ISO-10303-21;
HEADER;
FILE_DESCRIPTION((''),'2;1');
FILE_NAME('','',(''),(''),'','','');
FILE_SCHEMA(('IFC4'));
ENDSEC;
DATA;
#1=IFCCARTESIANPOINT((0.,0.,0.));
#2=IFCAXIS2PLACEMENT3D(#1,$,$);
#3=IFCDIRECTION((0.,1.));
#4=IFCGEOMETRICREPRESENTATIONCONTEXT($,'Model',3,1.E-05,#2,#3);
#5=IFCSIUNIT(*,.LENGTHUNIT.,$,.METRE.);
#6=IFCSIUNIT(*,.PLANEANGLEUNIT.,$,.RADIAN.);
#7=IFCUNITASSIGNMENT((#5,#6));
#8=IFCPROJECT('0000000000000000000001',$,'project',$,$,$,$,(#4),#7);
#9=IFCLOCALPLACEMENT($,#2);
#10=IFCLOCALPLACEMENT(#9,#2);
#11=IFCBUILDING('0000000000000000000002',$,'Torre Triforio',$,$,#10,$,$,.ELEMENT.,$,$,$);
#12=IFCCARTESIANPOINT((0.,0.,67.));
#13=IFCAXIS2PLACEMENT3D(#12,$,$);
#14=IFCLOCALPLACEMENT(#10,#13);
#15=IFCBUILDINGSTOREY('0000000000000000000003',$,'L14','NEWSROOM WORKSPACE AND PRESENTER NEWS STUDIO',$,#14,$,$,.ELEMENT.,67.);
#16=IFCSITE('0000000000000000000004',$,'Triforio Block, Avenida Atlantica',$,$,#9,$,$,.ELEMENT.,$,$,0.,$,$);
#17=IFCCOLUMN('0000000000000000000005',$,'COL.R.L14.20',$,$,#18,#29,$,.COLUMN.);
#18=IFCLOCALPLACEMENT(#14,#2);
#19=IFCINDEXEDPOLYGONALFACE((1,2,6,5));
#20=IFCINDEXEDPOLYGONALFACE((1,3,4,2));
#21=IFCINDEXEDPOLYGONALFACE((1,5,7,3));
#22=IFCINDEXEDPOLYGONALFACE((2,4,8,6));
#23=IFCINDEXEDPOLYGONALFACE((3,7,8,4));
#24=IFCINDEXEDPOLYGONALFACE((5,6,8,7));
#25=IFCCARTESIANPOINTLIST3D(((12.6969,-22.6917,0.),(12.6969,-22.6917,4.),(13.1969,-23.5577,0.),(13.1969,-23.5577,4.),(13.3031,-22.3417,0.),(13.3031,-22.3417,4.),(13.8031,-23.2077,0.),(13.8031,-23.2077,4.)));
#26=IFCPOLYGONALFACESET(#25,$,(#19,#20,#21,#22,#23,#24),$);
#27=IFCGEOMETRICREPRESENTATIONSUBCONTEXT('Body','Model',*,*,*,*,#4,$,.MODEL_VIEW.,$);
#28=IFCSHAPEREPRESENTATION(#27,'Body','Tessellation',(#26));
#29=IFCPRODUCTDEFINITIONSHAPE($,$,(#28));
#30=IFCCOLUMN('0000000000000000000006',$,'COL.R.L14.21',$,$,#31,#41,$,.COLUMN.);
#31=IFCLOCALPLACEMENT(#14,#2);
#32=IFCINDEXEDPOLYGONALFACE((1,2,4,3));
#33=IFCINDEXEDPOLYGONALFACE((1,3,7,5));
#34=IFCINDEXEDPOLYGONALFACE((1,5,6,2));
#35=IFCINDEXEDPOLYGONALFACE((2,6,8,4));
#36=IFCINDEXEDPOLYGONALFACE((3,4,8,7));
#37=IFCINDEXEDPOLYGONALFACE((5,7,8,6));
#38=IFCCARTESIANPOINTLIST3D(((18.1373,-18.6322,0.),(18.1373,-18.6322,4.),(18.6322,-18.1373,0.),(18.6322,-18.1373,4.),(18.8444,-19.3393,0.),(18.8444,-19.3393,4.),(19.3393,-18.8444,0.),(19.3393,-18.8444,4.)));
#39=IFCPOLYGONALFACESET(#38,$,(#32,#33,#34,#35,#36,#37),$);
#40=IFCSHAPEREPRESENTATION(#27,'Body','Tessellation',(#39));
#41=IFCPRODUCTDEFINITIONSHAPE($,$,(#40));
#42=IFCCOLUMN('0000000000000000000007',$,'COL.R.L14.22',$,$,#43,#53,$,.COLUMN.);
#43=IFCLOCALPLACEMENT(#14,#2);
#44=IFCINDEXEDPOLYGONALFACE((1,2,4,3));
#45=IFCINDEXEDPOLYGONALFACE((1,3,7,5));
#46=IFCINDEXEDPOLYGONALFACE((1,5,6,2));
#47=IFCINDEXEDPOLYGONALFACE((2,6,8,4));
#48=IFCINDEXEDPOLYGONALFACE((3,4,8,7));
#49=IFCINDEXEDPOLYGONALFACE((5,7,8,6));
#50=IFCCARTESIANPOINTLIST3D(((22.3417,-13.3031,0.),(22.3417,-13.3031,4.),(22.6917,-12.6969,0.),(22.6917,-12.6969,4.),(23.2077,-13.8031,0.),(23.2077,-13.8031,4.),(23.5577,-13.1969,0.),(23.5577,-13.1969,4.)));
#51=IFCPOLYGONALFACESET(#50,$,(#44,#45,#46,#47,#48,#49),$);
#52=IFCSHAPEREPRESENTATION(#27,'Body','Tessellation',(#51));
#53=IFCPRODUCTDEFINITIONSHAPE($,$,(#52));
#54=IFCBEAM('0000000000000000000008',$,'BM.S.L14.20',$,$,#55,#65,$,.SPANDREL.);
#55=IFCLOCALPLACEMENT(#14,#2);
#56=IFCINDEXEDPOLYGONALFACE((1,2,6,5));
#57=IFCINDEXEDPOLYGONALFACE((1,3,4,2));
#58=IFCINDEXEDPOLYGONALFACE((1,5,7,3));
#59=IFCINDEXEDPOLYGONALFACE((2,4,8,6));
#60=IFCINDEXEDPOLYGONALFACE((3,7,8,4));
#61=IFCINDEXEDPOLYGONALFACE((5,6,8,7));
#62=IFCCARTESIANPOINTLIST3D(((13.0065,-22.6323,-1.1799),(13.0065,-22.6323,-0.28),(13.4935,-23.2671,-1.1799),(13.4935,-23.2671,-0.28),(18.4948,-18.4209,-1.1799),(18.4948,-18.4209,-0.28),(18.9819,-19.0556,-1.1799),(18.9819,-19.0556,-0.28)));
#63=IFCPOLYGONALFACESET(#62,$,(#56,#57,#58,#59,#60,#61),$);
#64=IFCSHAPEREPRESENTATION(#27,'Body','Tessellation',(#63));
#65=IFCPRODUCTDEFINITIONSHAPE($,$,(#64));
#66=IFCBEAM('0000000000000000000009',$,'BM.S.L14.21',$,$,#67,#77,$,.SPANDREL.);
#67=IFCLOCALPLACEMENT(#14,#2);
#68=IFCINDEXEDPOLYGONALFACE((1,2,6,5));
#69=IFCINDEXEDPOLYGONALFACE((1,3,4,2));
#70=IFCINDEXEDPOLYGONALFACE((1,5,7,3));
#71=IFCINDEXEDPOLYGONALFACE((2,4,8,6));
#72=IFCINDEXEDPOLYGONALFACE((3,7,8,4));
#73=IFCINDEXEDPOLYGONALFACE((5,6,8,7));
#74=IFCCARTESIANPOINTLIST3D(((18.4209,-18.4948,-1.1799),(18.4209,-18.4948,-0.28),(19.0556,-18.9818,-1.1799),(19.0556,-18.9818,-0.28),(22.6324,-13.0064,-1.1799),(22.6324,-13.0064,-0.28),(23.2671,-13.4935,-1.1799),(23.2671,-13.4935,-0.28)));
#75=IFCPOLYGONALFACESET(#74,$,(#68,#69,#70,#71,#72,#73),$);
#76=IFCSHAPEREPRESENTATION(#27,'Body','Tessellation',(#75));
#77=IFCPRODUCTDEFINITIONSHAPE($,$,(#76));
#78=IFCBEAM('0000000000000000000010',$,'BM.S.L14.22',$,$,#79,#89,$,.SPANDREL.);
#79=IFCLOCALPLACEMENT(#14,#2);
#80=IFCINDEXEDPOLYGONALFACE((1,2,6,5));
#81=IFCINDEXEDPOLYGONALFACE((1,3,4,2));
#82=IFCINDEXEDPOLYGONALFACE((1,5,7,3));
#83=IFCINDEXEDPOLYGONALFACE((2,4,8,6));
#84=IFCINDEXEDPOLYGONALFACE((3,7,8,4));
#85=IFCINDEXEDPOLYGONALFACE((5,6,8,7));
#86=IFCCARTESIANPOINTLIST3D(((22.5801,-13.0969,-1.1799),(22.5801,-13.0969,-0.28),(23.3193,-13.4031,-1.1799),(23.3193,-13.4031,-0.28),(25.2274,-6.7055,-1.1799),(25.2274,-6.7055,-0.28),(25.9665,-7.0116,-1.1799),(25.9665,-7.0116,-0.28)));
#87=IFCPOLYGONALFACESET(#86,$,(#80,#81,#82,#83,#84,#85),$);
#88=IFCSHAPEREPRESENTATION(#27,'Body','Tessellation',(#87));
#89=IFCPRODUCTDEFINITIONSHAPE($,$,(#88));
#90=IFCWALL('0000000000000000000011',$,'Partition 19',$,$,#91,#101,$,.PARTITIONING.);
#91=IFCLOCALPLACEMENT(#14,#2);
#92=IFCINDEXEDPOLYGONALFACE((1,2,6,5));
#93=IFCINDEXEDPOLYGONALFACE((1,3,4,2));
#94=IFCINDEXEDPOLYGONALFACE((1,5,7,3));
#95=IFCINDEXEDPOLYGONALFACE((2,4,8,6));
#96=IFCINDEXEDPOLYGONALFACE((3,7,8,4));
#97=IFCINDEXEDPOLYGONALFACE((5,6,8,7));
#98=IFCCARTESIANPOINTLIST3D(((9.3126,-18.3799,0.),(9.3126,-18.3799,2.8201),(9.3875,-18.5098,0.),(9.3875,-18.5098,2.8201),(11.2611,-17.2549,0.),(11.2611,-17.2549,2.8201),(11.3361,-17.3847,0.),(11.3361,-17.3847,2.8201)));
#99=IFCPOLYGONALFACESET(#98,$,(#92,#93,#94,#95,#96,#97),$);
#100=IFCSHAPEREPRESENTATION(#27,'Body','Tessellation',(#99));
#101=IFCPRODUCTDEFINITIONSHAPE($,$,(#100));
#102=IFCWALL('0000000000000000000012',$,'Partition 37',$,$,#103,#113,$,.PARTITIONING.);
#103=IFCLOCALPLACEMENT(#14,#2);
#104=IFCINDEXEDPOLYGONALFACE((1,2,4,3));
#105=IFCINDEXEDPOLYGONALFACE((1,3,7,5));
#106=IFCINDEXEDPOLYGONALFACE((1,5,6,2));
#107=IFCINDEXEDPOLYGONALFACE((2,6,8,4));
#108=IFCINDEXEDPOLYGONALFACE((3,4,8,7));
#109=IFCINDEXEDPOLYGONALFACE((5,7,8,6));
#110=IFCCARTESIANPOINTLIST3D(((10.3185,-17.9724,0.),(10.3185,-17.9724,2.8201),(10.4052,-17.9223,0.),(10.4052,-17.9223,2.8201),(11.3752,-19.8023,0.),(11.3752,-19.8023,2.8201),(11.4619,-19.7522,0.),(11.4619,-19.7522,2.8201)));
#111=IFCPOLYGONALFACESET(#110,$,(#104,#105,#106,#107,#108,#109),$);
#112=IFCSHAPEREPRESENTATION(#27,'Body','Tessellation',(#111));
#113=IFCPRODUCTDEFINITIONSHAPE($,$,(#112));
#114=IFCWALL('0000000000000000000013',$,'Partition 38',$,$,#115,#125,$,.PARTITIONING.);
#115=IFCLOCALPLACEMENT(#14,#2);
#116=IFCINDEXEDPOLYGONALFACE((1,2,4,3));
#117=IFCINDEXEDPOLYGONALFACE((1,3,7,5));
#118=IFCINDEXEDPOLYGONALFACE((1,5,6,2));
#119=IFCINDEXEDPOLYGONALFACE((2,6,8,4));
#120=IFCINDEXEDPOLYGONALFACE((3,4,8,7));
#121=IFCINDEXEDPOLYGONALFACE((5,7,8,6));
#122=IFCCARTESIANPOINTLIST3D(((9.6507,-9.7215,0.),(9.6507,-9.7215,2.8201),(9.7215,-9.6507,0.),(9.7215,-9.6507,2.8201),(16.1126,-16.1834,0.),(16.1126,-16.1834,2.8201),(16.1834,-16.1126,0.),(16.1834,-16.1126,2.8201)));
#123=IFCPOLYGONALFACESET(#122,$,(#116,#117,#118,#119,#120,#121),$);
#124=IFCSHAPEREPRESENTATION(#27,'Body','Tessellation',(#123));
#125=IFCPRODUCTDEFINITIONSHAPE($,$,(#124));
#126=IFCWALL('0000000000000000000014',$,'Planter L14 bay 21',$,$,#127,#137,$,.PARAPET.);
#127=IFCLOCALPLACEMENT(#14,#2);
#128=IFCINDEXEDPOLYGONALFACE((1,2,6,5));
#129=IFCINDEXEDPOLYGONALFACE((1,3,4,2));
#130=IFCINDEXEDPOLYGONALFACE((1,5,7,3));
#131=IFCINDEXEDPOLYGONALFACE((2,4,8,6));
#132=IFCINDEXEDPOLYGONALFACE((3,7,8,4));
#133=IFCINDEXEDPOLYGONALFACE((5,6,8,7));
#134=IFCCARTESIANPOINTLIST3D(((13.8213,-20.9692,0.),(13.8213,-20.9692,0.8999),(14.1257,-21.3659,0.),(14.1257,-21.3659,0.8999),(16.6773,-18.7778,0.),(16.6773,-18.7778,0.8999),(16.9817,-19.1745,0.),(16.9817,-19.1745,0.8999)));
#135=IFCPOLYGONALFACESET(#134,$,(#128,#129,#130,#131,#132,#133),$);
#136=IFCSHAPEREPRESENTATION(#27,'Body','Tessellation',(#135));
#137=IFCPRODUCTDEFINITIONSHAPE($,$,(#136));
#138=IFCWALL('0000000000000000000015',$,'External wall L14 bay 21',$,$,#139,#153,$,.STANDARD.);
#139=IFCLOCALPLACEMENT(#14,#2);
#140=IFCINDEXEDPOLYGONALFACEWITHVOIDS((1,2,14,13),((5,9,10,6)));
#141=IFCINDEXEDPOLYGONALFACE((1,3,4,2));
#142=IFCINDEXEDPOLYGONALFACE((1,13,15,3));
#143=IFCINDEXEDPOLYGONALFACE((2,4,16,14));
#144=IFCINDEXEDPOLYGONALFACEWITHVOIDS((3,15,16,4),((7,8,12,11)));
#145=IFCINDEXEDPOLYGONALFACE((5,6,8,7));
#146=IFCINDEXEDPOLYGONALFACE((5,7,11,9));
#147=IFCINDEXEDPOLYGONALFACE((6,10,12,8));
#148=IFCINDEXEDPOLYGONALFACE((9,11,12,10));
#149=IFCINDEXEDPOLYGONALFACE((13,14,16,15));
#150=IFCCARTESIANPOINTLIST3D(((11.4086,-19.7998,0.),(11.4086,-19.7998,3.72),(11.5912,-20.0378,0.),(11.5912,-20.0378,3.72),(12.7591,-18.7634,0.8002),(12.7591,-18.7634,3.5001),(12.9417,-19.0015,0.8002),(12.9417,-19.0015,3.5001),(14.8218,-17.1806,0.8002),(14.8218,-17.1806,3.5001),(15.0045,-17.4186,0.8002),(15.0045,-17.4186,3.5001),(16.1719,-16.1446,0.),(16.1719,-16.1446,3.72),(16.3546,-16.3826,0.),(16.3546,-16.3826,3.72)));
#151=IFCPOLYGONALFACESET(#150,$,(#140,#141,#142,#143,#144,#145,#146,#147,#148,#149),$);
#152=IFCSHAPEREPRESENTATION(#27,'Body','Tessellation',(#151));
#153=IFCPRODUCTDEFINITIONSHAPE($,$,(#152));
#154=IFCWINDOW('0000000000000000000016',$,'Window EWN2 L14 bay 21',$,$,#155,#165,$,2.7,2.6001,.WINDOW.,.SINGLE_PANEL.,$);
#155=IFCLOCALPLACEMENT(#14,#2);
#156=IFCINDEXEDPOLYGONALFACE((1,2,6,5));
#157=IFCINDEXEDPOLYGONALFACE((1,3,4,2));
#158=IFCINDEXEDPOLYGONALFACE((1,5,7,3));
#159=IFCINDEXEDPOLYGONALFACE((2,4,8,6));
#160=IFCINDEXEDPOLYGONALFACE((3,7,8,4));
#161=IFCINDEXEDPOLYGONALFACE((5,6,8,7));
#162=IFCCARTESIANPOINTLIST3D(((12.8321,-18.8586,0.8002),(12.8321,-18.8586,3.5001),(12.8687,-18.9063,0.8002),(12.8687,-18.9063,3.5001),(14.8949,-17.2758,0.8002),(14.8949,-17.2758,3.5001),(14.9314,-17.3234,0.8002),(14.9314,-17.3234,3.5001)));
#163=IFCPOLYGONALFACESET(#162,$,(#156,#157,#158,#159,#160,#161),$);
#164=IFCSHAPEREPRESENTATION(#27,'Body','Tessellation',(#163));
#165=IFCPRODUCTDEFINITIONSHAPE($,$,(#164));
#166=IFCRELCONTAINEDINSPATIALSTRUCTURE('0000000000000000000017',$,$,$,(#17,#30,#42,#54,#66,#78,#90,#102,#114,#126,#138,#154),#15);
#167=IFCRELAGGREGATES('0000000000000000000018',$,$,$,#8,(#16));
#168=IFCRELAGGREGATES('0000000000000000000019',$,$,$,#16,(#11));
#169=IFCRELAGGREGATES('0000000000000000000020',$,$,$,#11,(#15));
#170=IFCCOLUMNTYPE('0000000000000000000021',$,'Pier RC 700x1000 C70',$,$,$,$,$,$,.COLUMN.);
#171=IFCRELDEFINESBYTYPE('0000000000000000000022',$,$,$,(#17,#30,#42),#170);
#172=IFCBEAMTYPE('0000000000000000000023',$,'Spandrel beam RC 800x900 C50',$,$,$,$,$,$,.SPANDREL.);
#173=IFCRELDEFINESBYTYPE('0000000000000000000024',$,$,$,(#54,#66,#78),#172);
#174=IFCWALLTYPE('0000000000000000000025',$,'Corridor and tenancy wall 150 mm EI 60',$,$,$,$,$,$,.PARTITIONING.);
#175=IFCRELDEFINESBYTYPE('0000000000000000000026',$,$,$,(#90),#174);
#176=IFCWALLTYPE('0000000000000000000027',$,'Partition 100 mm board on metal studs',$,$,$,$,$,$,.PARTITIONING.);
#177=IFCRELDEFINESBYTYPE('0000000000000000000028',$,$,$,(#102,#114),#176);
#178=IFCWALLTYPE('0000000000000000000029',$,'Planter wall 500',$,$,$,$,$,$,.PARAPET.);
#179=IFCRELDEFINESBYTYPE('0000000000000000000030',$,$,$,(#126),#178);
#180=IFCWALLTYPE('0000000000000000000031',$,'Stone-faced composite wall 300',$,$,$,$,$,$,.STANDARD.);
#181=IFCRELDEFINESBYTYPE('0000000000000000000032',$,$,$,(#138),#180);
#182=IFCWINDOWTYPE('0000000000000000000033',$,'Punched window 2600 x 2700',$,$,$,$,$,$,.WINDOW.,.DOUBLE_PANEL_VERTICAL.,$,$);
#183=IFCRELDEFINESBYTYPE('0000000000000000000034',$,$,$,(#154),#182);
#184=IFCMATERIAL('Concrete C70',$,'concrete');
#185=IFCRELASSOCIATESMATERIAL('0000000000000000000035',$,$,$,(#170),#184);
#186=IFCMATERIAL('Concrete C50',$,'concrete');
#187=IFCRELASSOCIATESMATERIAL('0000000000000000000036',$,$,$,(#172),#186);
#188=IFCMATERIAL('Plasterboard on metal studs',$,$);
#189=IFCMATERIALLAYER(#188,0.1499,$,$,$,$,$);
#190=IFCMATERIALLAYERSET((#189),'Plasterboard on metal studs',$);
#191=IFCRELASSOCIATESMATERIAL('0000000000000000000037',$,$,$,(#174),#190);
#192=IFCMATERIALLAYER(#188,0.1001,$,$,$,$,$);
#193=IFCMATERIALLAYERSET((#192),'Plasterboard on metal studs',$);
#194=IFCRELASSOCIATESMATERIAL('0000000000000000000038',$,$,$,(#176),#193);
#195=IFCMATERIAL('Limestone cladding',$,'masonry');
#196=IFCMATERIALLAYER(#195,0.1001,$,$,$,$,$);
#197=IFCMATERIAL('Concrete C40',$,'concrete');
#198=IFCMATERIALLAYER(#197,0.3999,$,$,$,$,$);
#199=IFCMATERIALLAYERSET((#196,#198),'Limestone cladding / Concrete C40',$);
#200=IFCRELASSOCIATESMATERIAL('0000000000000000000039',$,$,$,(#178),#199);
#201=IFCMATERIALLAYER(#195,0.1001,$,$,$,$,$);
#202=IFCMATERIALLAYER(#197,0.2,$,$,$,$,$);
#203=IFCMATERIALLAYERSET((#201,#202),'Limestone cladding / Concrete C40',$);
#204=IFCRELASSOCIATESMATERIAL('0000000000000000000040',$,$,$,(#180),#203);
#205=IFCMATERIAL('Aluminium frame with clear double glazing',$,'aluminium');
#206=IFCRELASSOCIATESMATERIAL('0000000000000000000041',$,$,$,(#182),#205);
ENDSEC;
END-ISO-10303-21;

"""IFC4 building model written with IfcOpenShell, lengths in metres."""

from ifc_helpers import new_model, si_unit, direction, frame, frame_2d, origin, origin_2d, place, context, subcontext, project, spatial, rectangle, extrude, material, layer, layer_set, material_profile, profile_set, type_object, element, fill, save


model = new_model("IFC4")

# Units and contexts
model_context = context("Model", 3, precision=1e-05, world=origin(), true_north=direction((0.0, 1.0)))
body_context = subcontext(model_context, "Body", "Model", "MODEL_VIEW")
ifc_project = project(units=[si_unit("LENGTHUNIT", "METRE"), si_unit("PLANEANGLEUNIT", "RADIAN")], contexts=[model_context])

# Site, building, storey
site_placement = place(None, origin())
site = spatial("IfcSite", under=ifc_project, at=site_placement, Name="Triforio Block, Avenida Atlantica", CompositionType="ELEMENT", RefElevation=0.0)
building_placement = place(site_placement, origin())
building = spatial("IfcBuilding", under=site, at=building_placement, Name="Torre Triforio", CompositionType="ELEMENT")
storey_placement = place(building_placement, frame((0.0, 0.0, 67.0)))
storey = spatial("IfcBuildingStorey", under=building, at=storey_placement, Name="L14", Description="NEWSROOM WORKSPACE AND PRESENTER NEWS STUDIO", CompositionType="ELEMENT", Elevation=67.0)

# Columns
ifc_material_1 = material(Name="Concrete C70", Category="concrete")
ifc_material_profile_1 = material_profile(ifc_material_1, rectangle(XDim=0.7, YDim=1.0, at=origin_2d()), Name="RC 700x1000")
ifc_profile_set_1 = profile_set([ifc_material_profile_1], Name="Concrete C70")
column_type = type_object("IfcColumnType", Name="Pier RC 700x1000 C70", PredefinedType="COLUMN", material=ifc_profile_set_1)
for number, where, z_axis, x_axis, name in (
    (1, (13.25, -22.9497, 0.0), (0.0, 0.0, 1.0), (0.866025, 0.5, 0.0), "COL.R.L14.20"),
    (2, (18.7383, -18.7383, 0.0), (0.0, 0.0, 1.0), (0.707107, 0.707107, 0.0), "COL.R.L14.21"),
    (3, (22.9497, -13.25, 0.0), (0.0, 0.0, 1.0), (0.5, 0.866025, 0.0), "COL.R.L14.22"),
):
    element("IfcColumn", number, at=place(storey_placement, frame(where, z_axis=z_axis, x_axis=x_axis)), inside=storey, type_object=column_type, Name=name, PredefinedType="COLUMN", context=body_context, shape_type="SweptSolid", body=[
        extrude(rectangle(XDim=0.7, YDim=1.0, at=origin_2d()), origin(), (0.0, 0.0, 1.0), 4.0),
    ])

# Beams
ifc_material_2 = material(Name="Concrete C50", Category="concrete")
ifc_material_profile_2 = material_profile(ifc_material_2, rectangle(XDim=0.8, YDim=0.8999, at=origin_2d()), Name="RC 800x900")
ifc_profile_set_2 = profile_set([ifc_material_profile_2], Name="Concrete C50")
beam_type = type_object("IfcBeamType", Name="Spandrel beam RC 800x900 C50", PredefinedType="SPANDREL", material=ifc_profile_set_2)
for number, where, z_axis, x_axis, name in (
    (4, (13.25, -22.9497, -0.73), (0.793345, 0.608772, 0.0), (-0.608772, 0.793345, 0.0), "BM.S.L14.20"),
    (5, (18.7383, -18.7383, -0.73), (0.608772, 0.793345, 0.0), (-0.793345, 0.608772, 0.0), "BM.S.L14.21"),
    (6, (22.9497, -13.25, -0.73), (0.382662, 0.923888, 0.0), (-0.923888, 0.382662, 0.0), "BM.S.L14.22"),
):
    element("IfcBeam", number, at=place(storey_placement, frame(where, z_axis=z_axis, x_axis=x_axis)), inside=storey, type_object=beam_type, Name=name, PredefinedType="SPANDREL", context=body_context, shape_type="SweptSolid", body=[
        extrude(rectangle(XDim=0.8, YDim=0.8999, at=origin_2d()), origin(), (0.0, 0.0, 1.0), 6.918),
    ])

# Walls
ifc_material_3 = material(Name="Plasterboard on metal studs")
ifc_layer_1 = layer(ifc_material_3, 0.1499)
ifc_layer_set_1 = layer_set([ifc_layer_1], Name="Plasterboard on metal studs")
wall_type_1 = type_object("IfcWallType", Name="Corridor and tenancy wall 150 mm EI 60", PredefinedType="PARTITIONING", material=ifc_layer_set_1)
wall_1_placement = place(storey_placement, frame((11.2986, -17.3198, 0.0), z_axis=(0.0, 0.0, 1.0), x_axis=(-0.866018, -0.500014, 0.0)))
element("IfcWall", 7, at=wall_1_placement, inside=storey, type_object=wall_type_1, Name="Partition 19", PredefinedType="PARTITIONING", context=body_context, shape_type="SweptSolid", body=[
    extrude(rectangle(XDim=2.25, YDim=0.1499, at=frame_2d((1.125, 0.0))), origin(), (0.0, 0.0, 1.0), 2.8201),
])
ifc_layer_2 = layer(ifc_material_3, 0.1001)
ifc_layer_set_2 = layer_set([ifc_layer_2], Name="Plasterboard on metal studs")
wall_type_2 = type_object("IfcWallType", Name="Partition 100 mm board on metal studs", PredefinedType="PARTITIONING", material=ifc_layer_set_2)
wall_2_placement = place(storey_placement, frame((10.3618, -17.9473, 0.0), z_axis=(0.0, 0.0, 1.0), x_axis=(0.500066, -0.865987, 0.0)))
element("IfcWall", 8, at=wall_2_placement, inside=storey, type_object=wall_type_2, Name="Partition 37", PredefinedType="PARTITIONING", context=body_context, shape_type="SweptSolid", body=[
    extrude(rectangle(XDim=2.113, YDim=0.1001, at=frame_2d((1.0566, 0.0))), origin(), (0.0, 0.0, 1.0), 2.8201),
])
wall_3_placement = place(storey_placement, frame((9.686, -9.686, 0.0), z_axis=(0.0, 0.0, 1.0), x_axis=(0.707107, -0.707107, 0.0)))
element("IfcWall", 9, at=wall_3_placement, inside=storey, type_object=wall_type_2, Name="Partition 38", PredefinedType="PARTITIONING", context=body_context, shape_type="SweptSolid", body=[
    extrude(rectangle(XDim=9.1384, YDim=0.1001, at=frame_2d((4.5693, 0.0))), origin(), (0.0, 0.0, 1.0), 2.8201),
])
ifc_material_4 = material(Name="Limestone cladding", Category="masonry")
ifc_layer_3 = layer(ifc_material_4, 0.1001)
ifc_material_5 = material(Name="Concrete C40", Category="concrete")
ifc_layer_4 = layer(ifc_material_5, 0.3999)
ifc_layer_set_3 = layer_set([ifc_layer_3, ifc_layer_4], Name="Limestone cladding / Concrete C40")
wall_type_3 = type_object("IfcWallType", Name="Planter wall 500", PredefinedType="PARAPET", material=ifc_layer_set_3)
wall_4_placement = place(storey_placement, frame((13.9736, -21.1675, 0.0), z_axis=(0.0, 0.0, 1.0), x_axis=(0.79336, 0.608753, 0.0)))
element("IfcWall", 10, at=wall_4_placement, inside=storey, type_object=wall_type_3, Name="Planter L14 bay 21", PredefinedType="PARAPET", context=body_context, shape_type="SweptSolid", body=[
    extrude(rectangle(XDim=3.5999, YDim=0.5, at=frame_2d((1.7998, 0.0))), origin(), (0.0, 0.0, 1.0), 0.8999),
])

# Wall, opening, window
ifc_layer_5 = layer(ifc_material_4, 0.1001)
ifc_layer_6 = layer(ifc_material_5, 0.2)
ifc_layer_set_4 = layer_set([ifc_layer_5, ifc_layer_6], Name="Limestone cladding / Concrete C40")
wall_type_4 = type_object("IfcWallType", Name="Stone-faced composite wall 300", PredefinedType="STANDARD", material=ifc_layer_set_4)
wall_5_placement = place(storey_placement, frame((11.5, -19.9187, 0.0), z_axis=(0.0, 0.0, 1.0), x_axis=(0.79334, 0.608779, 0.0)))
wall_5 = element("IfcWall", 11, at=wall_5_placement, inside=storey, type_object=wall_type_4, Name="External wall L14 bay 21", PredefinedType="STANDARD", context=body_context, shape_type="SweptSolid", body=[
    extrude(rectangle(XDim=6.0042, YDim=0.3, at=frame_2d((3.002, 0.0))), origin(), (0.0, 0.0, 1.0), 3.72),
])
opening_1_placement = place(wall_5_placement, frame((1.7021, 0.0, 0.8)))
opening_1 = element("IfcOpeningElement", 12, at=opening_1_placement, cuts=wall_5, PredefinedType="OPENING", context=body_context, shape_type="SweptSolid", body=[
    extrude(rectangle(XDim=2.6001, YDim=2.7, at=frame_2d((1.3, 1.3501))), frame((0.0, 0.1599, 0.0), z_axis=(0.0, -1.0, 0.0), x_axis=(1.0, 0.0, 0.0)), (0.0, 0.0, 1.0), 0.3201),
])
ifc_material_6 = material(Name="Aluminium frame with clear double glazing", Category="aluminium")
window_type_1 = type_object("IfcWindowType", Name="Punched window 2600 x 2700", PartitioningType="DOUBLE_PANEL_VERTICAL", PredefinedType="WINDOW", material=ifc_material_6)
window_1_placement = place(opening_1_placement, origin())
window_1 = element("IfcWindow", 13, at=window_1_placement, inside=storey, type_object=window_type_1, Name="Window EWN2 L14 bay 21", OverallHeight=2.7, OverallWidth=2.6001, PartitioningType="SINGLE_PANEL", PredefinedType="WINDOW", context=body_context, shape_type="SweptSolid", body=[
    extrude(rectangle(XDim=2.6001, YDim=2.7, at=frame_2d((1.3, 1.3501))), frame((0.0, 0.03, 0.0), z_axis=(0.0, -1.0, 0.0), x_axis=(1.0, 0.0, 0.0)), (0.0, 0.0, 1.0), 0.0601),
])
fill(opening_1, window_1)

save(model, "model.ifc")
